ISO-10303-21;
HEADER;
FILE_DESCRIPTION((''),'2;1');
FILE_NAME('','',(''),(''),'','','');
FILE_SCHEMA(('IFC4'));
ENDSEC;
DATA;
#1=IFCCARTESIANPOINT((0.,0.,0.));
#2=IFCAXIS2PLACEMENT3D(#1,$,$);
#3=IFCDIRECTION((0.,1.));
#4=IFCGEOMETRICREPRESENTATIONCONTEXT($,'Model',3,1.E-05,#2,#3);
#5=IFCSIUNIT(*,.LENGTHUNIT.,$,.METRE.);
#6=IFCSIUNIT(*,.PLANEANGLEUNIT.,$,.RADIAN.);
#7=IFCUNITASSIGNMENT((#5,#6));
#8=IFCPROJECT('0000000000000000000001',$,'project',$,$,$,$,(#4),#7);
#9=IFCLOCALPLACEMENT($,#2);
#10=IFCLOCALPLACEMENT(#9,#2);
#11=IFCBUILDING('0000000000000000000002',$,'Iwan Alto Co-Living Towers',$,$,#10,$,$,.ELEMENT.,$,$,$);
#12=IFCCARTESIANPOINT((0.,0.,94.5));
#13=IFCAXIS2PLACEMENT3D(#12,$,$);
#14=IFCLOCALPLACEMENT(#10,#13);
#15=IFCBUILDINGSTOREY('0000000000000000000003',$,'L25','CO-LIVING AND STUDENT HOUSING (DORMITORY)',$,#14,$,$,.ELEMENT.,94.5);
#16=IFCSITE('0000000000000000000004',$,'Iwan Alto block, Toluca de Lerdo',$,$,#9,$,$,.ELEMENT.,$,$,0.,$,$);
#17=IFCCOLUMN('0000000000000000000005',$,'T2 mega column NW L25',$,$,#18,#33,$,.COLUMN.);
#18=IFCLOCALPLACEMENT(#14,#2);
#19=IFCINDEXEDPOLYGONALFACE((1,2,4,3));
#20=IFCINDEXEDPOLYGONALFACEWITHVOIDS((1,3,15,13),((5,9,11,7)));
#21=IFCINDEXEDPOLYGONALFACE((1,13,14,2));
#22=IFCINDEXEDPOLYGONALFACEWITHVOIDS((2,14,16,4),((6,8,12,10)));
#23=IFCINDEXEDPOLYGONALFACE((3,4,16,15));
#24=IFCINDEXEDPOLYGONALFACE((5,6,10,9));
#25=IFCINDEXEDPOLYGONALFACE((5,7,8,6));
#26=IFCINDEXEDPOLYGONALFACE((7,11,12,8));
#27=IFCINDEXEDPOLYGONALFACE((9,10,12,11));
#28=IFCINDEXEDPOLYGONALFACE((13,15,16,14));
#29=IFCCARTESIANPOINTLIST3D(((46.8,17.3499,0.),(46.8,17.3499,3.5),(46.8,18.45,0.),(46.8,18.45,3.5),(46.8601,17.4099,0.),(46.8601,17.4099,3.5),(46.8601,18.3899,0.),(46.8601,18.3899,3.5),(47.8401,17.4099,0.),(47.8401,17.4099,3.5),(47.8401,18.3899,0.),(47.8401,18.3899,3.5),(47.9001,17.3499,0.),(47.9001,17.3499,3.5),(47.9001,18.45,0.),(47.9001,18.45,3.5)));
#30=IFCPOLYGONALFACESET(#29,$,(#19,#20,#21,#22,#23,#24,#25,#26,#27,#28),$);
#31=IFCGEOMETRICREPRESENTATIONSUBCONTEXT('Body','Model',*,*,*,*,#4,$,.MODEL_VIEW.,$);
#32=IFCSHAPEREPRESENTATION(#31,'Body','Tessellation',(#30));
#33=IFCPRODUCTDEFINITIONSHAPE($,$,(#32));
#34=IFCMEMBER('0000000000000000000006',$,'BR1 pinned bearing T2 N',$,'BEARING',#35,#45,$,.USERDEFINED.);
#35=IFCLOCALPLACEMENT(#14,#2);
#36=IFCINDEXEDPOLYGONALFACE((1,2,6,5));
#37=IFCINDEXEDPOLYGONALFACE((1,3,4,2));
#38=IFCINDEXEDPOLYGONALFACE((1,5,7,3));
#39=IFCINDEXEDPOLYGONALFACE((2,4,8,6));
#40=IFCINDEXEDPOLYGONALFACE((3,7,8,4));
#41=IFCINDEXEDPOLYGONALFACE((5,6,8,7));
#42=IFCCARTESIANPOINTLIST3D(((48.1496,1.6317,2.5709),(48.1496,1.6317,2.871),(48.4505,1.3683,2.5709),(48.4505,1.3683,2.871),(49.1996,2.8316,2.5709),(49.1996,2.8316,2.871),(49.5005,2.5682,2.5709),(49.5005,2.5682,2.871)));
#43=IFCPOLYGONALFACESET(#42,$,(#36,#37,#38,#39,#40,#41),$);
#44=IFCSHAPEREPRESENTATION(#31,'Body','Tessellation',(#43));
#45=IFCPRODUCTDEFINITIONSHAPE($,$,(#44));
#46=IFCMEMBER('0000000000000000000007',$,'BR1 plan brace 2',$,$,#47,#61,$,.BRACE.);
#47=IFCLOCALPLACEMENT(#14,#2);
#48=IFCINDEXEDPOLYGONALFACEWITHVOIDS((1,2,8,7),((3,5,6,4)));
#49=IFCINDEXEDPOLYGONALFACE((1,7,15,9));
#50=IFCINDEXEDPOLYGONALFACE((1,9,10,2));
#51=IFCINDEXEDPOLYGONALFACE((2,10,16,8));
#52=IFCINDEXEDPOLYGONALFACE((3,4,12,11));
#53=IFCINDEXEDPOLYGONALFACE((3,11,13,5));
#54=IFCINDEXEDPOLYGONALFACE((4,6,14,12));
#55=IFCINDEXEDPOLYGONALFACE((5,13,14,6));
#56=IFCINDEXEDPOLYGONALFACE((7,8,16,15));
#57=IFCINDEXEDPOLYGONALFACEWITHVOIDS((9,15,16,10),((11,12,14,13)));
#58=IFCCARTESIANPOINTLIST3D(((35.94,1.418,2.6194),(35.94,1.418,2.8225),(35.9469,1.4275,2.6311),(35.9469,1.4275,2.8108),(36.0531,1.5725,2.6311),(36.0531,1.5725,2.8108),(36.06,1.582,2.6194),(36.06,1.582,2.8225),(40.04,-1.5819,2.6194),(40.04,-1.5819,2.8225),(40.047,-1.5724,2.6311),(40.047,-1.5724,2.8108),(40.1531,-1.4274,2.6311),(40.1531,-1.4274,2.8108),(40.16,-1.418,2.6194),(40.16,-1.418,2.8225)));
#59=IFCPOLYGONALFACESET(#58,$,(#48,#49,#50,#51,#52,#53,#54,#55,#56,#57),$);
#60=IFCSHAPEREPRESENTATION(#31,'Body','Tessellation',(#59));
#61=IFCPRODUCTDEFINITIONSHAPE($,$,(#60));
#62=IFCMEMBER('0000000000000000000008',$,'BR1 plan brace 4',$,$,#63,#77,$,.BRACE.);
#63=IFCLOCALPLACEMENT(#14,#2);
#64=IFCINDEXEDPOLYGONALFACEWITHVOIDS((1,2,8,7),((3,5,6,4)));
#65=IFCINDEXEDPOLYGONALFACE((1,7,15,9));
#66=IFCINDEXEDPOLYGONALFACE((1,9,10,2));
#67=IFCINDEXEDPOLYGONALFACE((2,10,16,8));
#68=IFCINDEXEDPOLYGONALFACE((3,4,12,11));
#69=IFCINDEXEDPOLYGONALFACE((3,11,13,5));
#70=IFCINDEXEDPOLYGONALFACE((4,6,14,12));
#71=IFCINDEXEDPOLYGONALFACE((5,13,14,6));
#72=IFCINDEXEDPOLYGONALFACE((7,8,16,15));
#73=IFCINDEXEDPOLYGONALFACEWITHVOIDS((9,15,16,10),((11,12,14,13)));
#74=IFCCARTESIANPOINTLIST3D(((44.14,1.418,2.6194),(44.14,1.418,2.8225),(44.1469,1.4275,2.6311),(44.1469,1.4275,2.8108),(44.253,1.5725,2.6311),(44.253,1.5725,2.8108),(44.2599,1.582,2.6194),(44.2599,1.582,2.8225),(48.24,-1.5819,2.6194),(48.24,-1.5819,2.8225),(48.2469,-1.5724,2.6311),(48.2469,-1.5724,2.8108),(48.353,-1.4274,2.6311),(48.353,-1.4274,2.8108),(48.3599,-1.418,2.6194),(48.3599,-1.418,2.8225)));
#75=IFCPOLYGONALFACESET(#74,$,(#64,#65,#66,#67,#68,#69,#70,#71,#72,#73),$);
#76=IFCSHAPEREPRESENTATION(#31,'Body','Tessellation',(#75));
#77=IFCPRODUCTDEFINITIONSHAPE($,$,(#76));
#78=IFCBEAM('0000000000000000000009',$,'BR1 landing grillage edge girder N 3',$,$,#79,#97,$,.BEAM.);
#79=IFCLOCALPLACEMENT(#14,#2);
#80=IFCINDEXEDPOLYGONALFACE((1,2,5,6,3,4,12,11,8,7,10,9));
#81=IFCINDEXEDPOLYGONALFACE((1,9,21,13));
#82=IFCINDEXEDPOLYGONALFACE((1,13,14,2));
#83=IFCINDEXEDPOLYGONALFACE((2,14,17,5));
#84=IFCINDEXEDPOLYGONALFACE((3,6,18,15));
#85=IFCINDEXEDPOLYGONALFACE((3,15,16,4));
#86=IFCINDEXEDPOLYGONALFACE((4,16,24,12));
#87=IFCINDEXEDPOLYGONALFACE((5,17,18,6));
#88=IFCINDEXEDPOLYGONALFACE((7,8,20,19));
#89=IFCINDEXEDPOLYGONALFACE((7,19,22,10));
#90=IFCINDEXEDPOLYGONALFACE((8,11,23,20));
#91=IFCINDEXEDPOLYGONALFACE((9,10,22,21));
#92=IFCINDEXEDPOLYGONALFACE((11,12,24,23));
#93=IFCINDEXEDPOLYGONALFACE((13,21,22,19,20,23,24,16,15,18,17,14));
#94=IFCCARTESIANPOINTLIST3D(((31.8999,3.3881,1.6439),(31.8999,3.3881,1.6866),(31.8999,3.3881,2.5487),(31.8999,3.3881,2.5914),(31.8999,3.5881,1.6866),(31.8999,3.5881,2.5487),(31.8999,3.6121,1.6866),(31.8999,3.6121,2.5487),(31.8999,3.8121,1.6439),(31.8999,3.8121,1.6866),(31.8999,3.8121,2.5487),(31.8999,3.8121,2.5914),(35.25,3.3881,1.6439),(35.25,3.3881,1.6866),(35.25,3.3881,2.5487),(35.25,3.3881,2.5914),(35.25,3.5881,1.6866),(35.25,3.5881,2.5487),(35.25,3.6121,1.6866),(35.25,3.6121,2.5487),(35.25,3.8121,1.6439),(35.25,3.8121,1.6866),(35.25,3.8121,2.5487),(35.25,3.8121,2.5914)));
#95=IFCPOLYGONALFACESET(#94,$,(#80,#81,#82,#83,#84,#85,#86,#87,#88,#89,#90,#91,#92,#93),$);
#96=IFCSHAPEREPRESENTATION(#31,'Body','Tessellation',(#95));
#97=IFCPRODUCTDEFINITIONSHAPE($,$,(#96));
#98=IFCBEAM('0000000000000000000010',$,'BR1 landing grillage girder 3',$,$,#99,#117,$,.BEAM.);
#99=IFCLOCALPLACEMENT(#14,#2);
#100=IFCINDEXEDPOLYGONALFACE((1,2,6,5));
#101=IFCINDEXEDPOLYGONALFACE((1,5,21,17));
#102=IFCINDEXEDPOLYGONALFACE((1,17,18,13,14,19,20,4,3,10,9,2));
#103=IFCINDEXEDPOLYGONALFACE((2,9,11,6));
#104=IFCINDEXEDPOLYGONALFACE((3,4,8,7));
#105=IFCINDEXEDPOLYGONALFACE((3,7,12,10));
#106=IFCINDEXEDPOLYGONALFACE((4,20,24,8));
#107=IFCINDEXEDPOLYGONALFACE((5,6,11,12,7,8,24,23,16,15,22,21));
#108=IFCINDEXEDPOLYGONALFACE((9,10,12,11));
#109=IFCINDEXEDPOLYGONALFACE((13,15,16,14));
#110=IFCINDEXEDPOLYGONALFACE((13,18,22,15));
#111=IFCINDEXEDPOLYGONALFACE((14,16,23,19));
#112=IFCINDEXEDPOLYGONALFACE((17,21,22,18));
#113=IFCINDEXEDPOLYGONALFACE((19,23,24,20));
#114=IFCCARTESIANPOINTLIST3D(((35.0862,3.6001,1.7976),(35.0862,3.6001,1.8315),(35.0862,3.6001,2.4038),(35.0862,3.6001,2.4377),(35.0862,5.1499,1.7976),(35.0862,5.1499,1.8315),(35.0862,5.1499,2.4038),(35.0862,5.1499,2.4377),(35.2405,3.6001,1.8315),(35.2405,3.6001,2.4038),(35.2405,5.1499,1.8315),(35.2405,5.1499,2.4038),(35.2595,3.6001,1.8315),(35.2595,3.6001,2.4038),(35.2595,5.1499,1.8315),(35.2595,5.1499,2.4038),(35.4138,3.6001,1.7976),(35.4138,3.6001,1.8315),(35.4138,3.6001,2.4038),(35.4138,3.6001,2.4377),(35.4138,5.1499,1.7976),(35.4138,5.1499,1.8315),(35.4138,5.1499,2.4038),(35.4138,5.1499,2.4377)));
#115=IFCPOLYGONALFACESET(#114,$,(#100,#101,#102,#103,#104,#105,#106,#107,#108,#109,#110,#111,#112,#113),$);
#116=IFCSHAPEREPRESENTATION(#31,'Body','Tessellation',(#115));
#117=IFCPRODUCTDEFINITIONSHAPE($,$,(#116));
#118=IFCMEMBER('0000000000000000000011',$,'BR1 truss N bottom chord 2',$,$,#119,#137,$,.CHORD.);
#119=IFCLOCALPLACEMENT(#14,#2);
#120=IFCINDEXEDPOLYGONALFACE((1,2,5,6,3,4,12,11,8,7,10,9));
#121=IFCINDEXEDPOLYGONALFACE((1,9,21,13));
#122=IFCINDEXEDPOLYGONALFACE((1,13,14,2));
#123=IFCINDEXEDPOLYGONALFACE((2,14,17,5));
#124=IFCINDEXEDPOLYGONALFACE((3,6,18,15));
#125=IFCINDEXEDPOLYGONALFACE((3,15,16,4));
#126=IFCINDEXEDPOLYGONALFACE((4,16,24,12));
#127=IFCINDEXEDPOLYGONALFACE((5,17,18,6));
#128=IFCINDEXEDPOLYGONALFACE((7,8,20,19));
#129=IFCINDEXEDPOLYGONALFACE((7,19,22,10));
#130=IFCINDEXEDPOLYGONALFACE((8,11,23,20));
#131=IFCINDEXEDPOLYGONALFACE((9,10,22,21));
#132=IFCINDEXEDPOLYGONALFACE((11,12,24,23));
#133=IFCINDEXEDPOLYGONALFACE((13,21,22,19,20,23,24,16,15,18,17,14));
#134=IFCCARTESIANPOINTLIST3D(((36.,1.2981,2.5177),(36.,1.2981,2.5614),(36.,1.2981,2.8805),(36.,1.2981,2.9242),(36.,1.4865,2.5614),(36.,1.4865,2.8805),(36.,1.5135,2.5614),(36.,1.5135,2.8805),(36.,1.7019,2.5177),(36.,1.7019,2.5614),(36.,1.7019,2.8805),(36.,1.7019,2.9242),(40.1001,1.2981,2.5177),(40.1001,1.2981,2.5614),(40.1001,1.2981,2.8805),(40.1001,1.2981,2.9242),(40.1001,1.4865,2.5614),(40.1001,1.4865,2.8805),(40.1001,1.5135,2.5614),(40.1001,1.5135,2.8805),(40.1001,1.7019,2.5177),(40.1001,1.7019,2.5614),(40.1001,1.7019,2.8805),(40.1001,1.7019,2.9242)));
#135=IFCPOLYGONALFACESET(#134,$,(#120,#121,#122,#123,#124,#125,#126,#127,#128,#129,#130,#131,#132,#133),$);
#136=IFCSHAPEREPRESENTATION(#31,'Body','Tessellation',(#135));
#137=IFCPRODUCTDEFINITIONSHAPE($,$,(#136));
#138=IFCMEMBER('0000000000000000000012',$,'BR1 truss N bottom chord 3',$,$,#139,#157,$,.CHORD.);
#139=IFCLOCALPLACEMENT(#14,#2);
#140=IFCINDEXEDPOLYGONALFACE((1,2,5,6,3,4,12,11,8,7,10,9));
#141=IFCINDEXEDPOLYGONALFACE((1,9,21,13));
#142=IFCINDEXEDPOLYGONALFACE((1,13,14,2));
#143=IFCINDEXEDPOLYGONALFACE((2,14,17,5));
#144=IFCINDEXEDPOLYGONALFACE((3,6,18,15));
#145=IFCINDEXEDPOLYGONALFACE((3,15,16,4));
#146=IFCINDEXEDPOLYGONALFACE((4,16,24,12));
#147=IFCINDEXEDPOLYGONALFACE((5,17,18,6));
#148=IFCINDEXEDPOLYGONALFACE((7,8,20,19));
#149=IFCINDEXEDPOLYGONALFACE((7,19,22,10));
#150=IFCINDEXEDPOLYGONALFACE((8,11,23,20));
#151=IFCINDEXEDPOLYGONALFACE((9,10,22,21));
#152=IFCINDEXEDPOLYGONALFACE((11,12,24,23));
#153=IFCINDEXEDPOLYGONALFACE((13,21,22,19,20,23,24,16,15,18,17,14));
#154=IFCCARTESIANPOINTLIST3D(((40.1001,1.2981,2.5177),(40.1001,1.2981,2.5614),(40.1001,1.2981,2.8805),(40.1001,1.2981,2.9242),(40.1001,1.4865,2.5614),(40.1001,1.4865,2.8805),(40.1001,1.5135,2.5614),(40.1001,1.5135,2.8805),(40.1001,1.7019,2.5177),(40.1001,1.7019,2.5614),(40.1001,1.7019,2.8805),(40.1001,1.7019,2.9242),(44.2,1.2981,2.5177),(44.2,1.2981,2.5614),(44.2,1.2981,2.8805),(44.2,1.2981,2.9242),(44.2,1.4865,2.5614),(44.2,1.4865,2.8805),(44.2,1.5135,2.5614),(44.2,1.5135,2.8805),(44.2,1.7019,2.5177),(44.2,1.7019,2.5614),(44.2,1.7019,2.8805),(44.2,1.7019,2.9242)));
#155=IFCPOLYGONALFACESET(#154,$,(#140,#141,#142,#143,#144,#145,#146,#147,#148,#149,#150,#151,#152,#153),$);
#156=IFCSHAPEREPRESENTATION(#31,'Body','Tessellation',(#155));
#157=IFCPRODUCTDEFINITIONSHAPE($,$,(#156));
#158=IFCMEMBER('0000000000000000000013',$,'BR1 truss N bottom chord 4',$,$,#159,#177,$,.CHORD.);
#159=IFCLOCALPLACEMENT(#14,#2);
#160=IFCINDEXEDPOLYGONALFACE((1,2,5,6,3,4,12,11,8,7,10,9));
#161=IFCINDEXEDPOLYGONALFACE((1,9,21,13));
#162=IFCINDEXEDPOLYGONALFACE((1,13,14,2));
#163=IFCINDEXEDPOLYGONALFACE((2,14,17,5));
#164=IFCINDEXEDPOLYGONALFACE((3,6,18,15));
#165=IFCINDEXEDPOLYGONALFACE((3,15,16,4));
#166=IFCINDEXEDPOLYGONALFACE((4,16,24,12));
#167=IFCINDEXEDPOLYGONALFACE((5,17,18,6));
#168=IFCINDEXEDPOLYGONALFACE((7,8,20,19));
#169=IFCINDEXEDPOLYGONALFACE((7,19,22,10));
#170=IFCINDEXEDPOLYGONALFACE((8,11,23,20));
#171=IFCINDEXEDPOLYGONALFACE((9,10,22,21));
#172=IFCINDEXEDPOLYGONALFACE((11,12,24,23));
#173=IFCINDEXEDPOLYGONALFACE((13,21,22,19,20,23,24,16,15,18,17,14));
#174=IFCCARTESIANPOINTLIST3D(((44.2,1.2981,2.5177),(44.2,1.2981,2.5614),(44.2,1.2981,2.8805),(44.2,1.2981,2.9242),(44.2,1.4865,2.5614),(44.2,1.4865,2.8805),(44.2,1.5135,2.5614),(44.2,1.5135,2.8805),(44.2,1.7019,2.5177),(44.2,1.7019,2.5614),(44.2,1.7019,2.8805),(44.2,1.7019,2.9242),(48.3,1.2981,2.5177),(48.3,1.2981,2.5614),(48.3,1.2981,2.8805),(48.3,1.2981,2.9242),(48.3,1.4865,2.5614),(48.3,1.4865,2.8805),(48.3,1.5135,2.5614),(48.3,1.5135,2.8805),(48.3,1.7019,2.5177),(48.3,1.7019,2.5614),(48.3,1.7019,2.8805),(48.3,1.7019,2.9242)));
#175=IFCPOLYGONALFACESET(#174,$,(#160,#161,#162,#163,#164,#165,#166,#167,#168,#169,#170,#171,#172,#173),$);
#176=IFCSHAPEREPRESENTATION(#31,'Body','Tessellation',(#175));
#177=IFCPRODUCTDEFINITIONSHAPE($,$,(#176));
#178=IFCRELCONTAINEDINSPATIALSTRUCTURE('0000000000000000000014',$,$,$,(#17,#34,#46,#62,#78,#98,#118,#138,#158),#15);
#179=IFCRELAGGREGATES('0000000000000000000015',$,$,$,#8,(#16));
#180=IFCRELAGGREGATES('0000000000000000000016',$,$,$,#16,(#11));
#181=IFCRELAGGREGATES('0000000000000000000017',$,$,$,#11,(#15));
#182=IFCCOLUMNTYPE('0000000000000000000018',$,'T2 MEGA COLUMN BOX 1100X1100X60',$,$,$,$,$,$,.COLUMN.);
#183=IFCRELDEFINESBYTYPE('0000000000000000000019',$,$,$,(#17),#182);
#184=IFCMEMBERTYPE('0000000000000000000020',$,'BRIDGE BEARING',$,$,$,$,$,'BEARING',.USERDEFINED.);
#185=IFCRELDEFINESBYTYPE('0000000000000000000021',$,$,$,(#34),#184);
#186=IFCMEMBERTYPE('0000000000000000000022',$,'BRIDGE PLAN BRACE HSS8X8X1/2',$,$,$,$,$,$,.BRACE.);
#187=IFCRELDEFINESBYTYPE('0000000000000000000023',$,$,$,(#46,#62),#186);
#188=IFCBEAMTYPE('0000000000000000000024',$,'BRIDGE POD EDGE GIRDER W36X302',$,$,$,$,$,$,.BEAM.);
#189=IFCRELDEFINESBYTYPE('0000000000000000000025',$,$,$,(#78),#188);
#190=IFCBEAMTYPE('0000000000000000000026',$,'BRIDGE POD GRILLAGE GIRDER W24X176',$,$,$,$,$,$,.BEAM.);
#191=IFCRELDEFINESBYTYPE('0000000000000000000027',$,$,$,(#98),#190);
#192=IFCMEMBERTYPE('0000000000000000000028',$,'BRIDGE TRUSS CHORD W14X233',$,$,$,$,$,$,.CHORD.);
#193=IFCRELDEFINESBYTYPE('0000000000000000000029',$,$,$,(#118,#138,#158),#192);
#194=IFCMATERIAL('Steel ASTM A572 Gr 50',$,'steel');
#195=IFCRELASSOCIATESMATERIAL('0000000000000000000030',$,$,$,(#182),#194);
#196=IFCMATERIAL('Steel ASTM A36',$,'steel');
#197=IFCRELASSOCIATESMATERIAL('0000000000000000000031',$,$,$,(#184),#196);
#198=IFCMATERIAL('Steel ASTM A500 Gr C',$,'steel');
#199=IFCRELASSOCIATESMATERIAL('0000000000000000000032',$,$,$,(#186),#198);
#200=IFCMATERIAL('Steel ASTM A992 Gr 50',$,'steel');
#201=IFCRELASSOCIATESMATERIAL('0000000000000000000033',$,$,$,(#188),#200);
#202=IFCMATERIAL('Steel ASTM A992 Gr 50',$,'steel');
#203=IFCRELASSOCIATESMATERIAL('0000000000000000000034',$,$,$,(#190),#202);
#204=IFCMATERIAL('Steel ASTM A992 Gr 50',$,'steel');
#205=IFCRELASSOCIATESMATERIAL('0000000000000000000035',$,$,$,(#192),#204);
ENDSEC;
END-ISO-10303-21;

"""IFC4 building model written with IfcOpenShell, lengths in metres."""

from ifc_helpers import new_model, si_unit, direction, frame, origin, origin_2d, place, context, subcontext, project, spatial, rectangle, hollow_rectangle, i_section, extrude, material, material_profile, profile_set, type_object, element, save


model = new_model("IFC4")

# Units and contexts
model_context = context("Model", 3, precision=1e-05, world=origin(), true_north=direction((0.0, 1.0)))
body_context = subcontext(model_context, "Body", "Model", "MODEL_VIEW")
ifc_project = project(units=[si_unit("LENGTHUNIT", "METRE"), si_unit("PLANEANGLEUNIT", "RADIAN")], contexts=[model_context])

# Site, building, storey
site_placement = place(None, origin())
site = spatial("IfcSite", under=ifc_project, at=site_placement, Name="Iwan Alto block, Toluca de Lerdo", CompositionType="ELEMENT", RefElevation=0.0)
building_placement = place(site_placement, origin())
building = spatial("IfcBuilding", under=site, at=building_placement, Name="Iwan Alto Co-Living Towers", CompositionType="ELEMENT")
storey_placement = place(building_placement, frame((0.0, 0.0, 94.5)))
storey = spatial("IfcBuildingStorey", under=building, at=storey_placement, Name="L25", Description="CO-LIVING AND STUDENT HOUSING (DORMITORY)", CompositionType="ELEMENT", Elevation=94.5)

# Column
ifc_material_1 = material(Name="Steel ASTM A572 Gr 50", Category="steel")
ifc_material_profile_1 = material_profile(ifc_material_1, hollow_rectangle(XDim=1.1001, YDim=1.1001, WallThickness=0.0601, at=origin_2d()), Name="BOX 1100X1100X60")
ifc_profile_set_1 = profile_set([ifc_material_profile_1], Name="Steel ASTM A572 Gr 50")
column_type = type_object("IfcColumnType", Name="T2 MEGA COLUMN BOX 1100X1100X60", PredefinedType="COLUMN", material=ifc_profile_set_1)
column_placement = place(storey_placement, frame((47.3501, 17.8999, 0.0), z_axis=(0.0, 0.0, 1.0), x_axis=(1.0, 0.0, 0.0)))
element("IfcColumn", 1, at=column_placement, inside=storey, type_object=column_type, Name="T2 mega column NW L25", PredefinedType="COLUMN", context=body_context, shape_type="SweptSolid", body=[
    extrude(hollow_rectangle(XDim=1.1001, YDim=1.1001, WallThickness=0.0601, at=origin_2d()), origin(), (0.0, 0.0, 1.0), 3.5),
])

# Members
ifc_material_2 = material(Name="Steel ASTM A36", Category="steel")
ifc_material_profile_2 = material_profile(ifc_material_2, rectangle(XDim=0.3999, YDim=0.3, at=origin_2d()), Name="BEARING 400X300")
ifc_profile_set_2 = profile_set([ifc_material_profile_2], Name="Steel ASTM A36")
member_type_1 = type_object("IfcMemberType", Name="BRIDGE BEARING", ElementType="BEARING", PredefinedType="USERDEFINED", material=ifc_profile_set_2)
member_1_placement = place(storey_placement, frame((48.3, 1.5, 2.7209), z_axis=(0.658537, 0.752548, 0.0), x_axis=(-0.752548, 0.658537, 0.0)))
element("IfcMember", 2, at=member_1_placement, inside=storey, type_object=member_type_1, Name="BR1 pinned bearing T2 N", ObjectType="BEARING", PredefinedType="USERDEFINED", context=body_context, shape_type="SweptSolid", body=[
    extrude(rectangle(XDim=0.3999, YDim=0.3, at=origin_2d()), origin(), (0.0, 0.0, 1.0), 1.5945),
])
ifc_material_3 = material(Name="Steel ASTM A500 Gr C", Category="steel")
ifc_material_profile_3 = material_profile(ifc_material_3, hollow_rectangle(XDim=0.2031, YDim=0.2031, WallThickness=0.0117, at=origin_2d()), Name="HSS8X8X1/2")
ifc_profile_set_3 = profile_set([ifc_material_profile_3], Name="Steel ASTM A500 Gr C")
member_type_2 = type_object("IfcMemberType", Name="BRIDGE PLAN BRACE HSS8X8X1/2", PredefinedType="BRACE", material=ifc_profile_set_3)
for number, where, z_axis, x_axis, name in (
    (3, (36.0, 1.5, 2.7209), (0.807037, -0.590501, 0.0), (0.590501, 0.807037, 0.0), "BR1 plan brace 2"),
    (4, (44.2, 1.5, 2.7209), (0.807037, -0.590501, 0.0), (0.590501, 0.807037, 0.0), "BR1 plan brace 4"),
):
    element("IfcMember", number, at=place(storey_placement, frame(where, z_axis=z_axis, x_axis=x_axis)), inside=storey, type_object=member_type_2, Name=name, PredefinedType="BRACE", context=body_context, shape_type="SweptSolid", body=[
        extrude(hollow_rectangle(XDim=0.2031, YDim=0.2031, WallThickness=0.0117, at=origin_2d()), origin(), (0.0, 0.0, 1.0), 5.0803),
    ])

# Beams
ifc_material_4 = material(Name="Steel ASTM A992 Gr 50", Category="steel")
ifc_material_profile_4 = material_profile(ifc_material_4, i_section(OverallWidth=0.4241, OverallDepth=0.9475, WebThickness=0.0239, FlangeThickness=0.0427, at=origin_2d()), Name="W36X302")
ifc_profile_set_4 = profile_set([ifc_material_profile_4], Name="Steel ASTM A992 Gr 50")
beam_type_1 = type_object("IfcBeamType", Name="BRIDGE POD EDGE GIRDER W36X302", PredefinedType="BEAM", material=ifc_profile_set_4)
beam_1_placement = place(storey_placement, frame((31.8999, 3.6001, 2.1177), z_axis=(1.0, 0.0, 0.0), x_axis=(0.0, 1.0, 0.0)))
element("IfcBeam", 5, at=beam_1_placement, inside=storey, type_object=beam_type_1, Name="BR1 landing grillage edge girder N 3", PredefinedType="BEAM", context=body_context, shape_type="SweptSolid", body=[
    extrude(i_section(OverallWidth=0.4241, OverallDepth=0.9475, WebThickness=0.0239, FlangeThickness=0.0427, at=origin_2d()), origin(), (0.0, 0.0, 1.0), 3.3501),
])
ifc_material_5 = material(Name="Steel ASTM A992 Gr 50", Category="steel")
ifc_material_profile_5 = material_profile(ifc_material_5, i_section(OverallWidth=0.3276, OverallDepth=0.6401, WebThickness=0.019, FlangeThickness=0.0339, at=origin_2d()), Name="W24X176")
ifc_profile_set_5 = profile_set([ifc_material_profile_5], Name="Steel ASTM A992 Gr 50")
beam_type_2 = type_object("IfcBeamType", Name="BRIDGE POD GRILLAGE GIRDER W24X176", PredefinedType="BEAM", material=ifc_profile_set_5)
beam_2_placement = place(storey_placement, frame((35.25, 3.6001, 2.1177), z_axis=(0.0, 1.0, 0.0), x_axis=(-1.0, 0.0, 0.0)))
element("IfcBeam", 6, at=beam_2_placement, inside=storey, type_object=beam_type_2, Name="BR1 landing grillage girder 3", PredefinedType="BEAM", context=body_context, shape_type="SweptSolid", body=[
    extrude(i_section(OverallWidth=0.3276, OverallDepth=0.6401, WebThickness=0.019, FlangeThickness=0.0339, at=origin_2d()), origin(), (0.0, 0.0, 1.0), 1.5498),
])

# Members
ifc_material_6 = material(Name="Steel ASTM A992 Gr 50", Category="steel")
ifc_material_profile_6 = material_profile(ifc_material_6, i_section(OverallWidth=0.4038, OverallDepth=0.4065, WebThickness=0.0271, FlangeThickness=0.0437, at=origin_2d()), Name="W14X233")
ifc_profile_set_6 = profile_set([ifc_material_profile_6], Name="Steel ASTM A992 Gr 50")
member_type_3 = type_object("IfcMemberType", Name="BRIDGE TRUSS CHORD W14X233", PredefinedType="CHORD", material=ifc_profile_set_6)
member_2_placement = place(storey_placement, frame((36.0, 1.5, 2.7209), z_axis=(1.0, 0.0, 0.0), x_axis=(0.0, 1.0, 0.0)))
element("IfcMember", 7, at=member_2_placement, inside=storey, type_object=member_type_3, Name="BR1 truss N bottom chord 2", PredefinedType="CHORD", context=body_context, shape_type="SweptSolid", body=[
    extrude(i_section(OverallWidth=0.4038, OverallDepth=0.4065, WebThickness=0.0271, FlangeThickness=0.0437, at=origin_2d()), origin(), (0.0, 0.0, 1.0), 4.1001),
])
member_3_placement = place(storey_placement, frame((40.1001, 1.5, 2.7209), z_axis=(1.0, 0.0, 0.0), x_axis=(0.0, 1.0, 0.0)))
element("IfcMember", 8, at=member_3_placement, inside=storey, type_object=member_type_3, Name="BR1 truss N bottom chord 3", PredefinedType="CHORD", context=body_context, shape_type="SweptSolid", body=[
    extrude(i_section(OverallWidth=0.4038, OverallDepth=0.4065, WebThickness=0.0271, FlangeThickness=0.0437, at=origin_2d()), origin(), (0.0, 0.0, 1.0), 4.0999),
])
member_4_placement = place(storey_placement, frame((44.2, 1.5, 2.7209), z_axis=(1.0, 0.0, 0.0), x_axis=(0.0, 1.0, 0.0)))
element("IfcMember", 9, at=member_4_placement, inside=storey, type_object=member_type_3, Name="BR1 truss N bottom chord 4", PredefinedType="CHORD", context=body_context, shape_type="SweptSolid", body=[
    extrude(i_section(OverallWidth=0.4038, OverallDepth=0.4065, WebThickness=0.0271, FlangeThickness=0.0437, at=origin_2d()), origin(), (0.0, 0.0, 1.0), 4.1001),
])

save(model, "model.ifc")
